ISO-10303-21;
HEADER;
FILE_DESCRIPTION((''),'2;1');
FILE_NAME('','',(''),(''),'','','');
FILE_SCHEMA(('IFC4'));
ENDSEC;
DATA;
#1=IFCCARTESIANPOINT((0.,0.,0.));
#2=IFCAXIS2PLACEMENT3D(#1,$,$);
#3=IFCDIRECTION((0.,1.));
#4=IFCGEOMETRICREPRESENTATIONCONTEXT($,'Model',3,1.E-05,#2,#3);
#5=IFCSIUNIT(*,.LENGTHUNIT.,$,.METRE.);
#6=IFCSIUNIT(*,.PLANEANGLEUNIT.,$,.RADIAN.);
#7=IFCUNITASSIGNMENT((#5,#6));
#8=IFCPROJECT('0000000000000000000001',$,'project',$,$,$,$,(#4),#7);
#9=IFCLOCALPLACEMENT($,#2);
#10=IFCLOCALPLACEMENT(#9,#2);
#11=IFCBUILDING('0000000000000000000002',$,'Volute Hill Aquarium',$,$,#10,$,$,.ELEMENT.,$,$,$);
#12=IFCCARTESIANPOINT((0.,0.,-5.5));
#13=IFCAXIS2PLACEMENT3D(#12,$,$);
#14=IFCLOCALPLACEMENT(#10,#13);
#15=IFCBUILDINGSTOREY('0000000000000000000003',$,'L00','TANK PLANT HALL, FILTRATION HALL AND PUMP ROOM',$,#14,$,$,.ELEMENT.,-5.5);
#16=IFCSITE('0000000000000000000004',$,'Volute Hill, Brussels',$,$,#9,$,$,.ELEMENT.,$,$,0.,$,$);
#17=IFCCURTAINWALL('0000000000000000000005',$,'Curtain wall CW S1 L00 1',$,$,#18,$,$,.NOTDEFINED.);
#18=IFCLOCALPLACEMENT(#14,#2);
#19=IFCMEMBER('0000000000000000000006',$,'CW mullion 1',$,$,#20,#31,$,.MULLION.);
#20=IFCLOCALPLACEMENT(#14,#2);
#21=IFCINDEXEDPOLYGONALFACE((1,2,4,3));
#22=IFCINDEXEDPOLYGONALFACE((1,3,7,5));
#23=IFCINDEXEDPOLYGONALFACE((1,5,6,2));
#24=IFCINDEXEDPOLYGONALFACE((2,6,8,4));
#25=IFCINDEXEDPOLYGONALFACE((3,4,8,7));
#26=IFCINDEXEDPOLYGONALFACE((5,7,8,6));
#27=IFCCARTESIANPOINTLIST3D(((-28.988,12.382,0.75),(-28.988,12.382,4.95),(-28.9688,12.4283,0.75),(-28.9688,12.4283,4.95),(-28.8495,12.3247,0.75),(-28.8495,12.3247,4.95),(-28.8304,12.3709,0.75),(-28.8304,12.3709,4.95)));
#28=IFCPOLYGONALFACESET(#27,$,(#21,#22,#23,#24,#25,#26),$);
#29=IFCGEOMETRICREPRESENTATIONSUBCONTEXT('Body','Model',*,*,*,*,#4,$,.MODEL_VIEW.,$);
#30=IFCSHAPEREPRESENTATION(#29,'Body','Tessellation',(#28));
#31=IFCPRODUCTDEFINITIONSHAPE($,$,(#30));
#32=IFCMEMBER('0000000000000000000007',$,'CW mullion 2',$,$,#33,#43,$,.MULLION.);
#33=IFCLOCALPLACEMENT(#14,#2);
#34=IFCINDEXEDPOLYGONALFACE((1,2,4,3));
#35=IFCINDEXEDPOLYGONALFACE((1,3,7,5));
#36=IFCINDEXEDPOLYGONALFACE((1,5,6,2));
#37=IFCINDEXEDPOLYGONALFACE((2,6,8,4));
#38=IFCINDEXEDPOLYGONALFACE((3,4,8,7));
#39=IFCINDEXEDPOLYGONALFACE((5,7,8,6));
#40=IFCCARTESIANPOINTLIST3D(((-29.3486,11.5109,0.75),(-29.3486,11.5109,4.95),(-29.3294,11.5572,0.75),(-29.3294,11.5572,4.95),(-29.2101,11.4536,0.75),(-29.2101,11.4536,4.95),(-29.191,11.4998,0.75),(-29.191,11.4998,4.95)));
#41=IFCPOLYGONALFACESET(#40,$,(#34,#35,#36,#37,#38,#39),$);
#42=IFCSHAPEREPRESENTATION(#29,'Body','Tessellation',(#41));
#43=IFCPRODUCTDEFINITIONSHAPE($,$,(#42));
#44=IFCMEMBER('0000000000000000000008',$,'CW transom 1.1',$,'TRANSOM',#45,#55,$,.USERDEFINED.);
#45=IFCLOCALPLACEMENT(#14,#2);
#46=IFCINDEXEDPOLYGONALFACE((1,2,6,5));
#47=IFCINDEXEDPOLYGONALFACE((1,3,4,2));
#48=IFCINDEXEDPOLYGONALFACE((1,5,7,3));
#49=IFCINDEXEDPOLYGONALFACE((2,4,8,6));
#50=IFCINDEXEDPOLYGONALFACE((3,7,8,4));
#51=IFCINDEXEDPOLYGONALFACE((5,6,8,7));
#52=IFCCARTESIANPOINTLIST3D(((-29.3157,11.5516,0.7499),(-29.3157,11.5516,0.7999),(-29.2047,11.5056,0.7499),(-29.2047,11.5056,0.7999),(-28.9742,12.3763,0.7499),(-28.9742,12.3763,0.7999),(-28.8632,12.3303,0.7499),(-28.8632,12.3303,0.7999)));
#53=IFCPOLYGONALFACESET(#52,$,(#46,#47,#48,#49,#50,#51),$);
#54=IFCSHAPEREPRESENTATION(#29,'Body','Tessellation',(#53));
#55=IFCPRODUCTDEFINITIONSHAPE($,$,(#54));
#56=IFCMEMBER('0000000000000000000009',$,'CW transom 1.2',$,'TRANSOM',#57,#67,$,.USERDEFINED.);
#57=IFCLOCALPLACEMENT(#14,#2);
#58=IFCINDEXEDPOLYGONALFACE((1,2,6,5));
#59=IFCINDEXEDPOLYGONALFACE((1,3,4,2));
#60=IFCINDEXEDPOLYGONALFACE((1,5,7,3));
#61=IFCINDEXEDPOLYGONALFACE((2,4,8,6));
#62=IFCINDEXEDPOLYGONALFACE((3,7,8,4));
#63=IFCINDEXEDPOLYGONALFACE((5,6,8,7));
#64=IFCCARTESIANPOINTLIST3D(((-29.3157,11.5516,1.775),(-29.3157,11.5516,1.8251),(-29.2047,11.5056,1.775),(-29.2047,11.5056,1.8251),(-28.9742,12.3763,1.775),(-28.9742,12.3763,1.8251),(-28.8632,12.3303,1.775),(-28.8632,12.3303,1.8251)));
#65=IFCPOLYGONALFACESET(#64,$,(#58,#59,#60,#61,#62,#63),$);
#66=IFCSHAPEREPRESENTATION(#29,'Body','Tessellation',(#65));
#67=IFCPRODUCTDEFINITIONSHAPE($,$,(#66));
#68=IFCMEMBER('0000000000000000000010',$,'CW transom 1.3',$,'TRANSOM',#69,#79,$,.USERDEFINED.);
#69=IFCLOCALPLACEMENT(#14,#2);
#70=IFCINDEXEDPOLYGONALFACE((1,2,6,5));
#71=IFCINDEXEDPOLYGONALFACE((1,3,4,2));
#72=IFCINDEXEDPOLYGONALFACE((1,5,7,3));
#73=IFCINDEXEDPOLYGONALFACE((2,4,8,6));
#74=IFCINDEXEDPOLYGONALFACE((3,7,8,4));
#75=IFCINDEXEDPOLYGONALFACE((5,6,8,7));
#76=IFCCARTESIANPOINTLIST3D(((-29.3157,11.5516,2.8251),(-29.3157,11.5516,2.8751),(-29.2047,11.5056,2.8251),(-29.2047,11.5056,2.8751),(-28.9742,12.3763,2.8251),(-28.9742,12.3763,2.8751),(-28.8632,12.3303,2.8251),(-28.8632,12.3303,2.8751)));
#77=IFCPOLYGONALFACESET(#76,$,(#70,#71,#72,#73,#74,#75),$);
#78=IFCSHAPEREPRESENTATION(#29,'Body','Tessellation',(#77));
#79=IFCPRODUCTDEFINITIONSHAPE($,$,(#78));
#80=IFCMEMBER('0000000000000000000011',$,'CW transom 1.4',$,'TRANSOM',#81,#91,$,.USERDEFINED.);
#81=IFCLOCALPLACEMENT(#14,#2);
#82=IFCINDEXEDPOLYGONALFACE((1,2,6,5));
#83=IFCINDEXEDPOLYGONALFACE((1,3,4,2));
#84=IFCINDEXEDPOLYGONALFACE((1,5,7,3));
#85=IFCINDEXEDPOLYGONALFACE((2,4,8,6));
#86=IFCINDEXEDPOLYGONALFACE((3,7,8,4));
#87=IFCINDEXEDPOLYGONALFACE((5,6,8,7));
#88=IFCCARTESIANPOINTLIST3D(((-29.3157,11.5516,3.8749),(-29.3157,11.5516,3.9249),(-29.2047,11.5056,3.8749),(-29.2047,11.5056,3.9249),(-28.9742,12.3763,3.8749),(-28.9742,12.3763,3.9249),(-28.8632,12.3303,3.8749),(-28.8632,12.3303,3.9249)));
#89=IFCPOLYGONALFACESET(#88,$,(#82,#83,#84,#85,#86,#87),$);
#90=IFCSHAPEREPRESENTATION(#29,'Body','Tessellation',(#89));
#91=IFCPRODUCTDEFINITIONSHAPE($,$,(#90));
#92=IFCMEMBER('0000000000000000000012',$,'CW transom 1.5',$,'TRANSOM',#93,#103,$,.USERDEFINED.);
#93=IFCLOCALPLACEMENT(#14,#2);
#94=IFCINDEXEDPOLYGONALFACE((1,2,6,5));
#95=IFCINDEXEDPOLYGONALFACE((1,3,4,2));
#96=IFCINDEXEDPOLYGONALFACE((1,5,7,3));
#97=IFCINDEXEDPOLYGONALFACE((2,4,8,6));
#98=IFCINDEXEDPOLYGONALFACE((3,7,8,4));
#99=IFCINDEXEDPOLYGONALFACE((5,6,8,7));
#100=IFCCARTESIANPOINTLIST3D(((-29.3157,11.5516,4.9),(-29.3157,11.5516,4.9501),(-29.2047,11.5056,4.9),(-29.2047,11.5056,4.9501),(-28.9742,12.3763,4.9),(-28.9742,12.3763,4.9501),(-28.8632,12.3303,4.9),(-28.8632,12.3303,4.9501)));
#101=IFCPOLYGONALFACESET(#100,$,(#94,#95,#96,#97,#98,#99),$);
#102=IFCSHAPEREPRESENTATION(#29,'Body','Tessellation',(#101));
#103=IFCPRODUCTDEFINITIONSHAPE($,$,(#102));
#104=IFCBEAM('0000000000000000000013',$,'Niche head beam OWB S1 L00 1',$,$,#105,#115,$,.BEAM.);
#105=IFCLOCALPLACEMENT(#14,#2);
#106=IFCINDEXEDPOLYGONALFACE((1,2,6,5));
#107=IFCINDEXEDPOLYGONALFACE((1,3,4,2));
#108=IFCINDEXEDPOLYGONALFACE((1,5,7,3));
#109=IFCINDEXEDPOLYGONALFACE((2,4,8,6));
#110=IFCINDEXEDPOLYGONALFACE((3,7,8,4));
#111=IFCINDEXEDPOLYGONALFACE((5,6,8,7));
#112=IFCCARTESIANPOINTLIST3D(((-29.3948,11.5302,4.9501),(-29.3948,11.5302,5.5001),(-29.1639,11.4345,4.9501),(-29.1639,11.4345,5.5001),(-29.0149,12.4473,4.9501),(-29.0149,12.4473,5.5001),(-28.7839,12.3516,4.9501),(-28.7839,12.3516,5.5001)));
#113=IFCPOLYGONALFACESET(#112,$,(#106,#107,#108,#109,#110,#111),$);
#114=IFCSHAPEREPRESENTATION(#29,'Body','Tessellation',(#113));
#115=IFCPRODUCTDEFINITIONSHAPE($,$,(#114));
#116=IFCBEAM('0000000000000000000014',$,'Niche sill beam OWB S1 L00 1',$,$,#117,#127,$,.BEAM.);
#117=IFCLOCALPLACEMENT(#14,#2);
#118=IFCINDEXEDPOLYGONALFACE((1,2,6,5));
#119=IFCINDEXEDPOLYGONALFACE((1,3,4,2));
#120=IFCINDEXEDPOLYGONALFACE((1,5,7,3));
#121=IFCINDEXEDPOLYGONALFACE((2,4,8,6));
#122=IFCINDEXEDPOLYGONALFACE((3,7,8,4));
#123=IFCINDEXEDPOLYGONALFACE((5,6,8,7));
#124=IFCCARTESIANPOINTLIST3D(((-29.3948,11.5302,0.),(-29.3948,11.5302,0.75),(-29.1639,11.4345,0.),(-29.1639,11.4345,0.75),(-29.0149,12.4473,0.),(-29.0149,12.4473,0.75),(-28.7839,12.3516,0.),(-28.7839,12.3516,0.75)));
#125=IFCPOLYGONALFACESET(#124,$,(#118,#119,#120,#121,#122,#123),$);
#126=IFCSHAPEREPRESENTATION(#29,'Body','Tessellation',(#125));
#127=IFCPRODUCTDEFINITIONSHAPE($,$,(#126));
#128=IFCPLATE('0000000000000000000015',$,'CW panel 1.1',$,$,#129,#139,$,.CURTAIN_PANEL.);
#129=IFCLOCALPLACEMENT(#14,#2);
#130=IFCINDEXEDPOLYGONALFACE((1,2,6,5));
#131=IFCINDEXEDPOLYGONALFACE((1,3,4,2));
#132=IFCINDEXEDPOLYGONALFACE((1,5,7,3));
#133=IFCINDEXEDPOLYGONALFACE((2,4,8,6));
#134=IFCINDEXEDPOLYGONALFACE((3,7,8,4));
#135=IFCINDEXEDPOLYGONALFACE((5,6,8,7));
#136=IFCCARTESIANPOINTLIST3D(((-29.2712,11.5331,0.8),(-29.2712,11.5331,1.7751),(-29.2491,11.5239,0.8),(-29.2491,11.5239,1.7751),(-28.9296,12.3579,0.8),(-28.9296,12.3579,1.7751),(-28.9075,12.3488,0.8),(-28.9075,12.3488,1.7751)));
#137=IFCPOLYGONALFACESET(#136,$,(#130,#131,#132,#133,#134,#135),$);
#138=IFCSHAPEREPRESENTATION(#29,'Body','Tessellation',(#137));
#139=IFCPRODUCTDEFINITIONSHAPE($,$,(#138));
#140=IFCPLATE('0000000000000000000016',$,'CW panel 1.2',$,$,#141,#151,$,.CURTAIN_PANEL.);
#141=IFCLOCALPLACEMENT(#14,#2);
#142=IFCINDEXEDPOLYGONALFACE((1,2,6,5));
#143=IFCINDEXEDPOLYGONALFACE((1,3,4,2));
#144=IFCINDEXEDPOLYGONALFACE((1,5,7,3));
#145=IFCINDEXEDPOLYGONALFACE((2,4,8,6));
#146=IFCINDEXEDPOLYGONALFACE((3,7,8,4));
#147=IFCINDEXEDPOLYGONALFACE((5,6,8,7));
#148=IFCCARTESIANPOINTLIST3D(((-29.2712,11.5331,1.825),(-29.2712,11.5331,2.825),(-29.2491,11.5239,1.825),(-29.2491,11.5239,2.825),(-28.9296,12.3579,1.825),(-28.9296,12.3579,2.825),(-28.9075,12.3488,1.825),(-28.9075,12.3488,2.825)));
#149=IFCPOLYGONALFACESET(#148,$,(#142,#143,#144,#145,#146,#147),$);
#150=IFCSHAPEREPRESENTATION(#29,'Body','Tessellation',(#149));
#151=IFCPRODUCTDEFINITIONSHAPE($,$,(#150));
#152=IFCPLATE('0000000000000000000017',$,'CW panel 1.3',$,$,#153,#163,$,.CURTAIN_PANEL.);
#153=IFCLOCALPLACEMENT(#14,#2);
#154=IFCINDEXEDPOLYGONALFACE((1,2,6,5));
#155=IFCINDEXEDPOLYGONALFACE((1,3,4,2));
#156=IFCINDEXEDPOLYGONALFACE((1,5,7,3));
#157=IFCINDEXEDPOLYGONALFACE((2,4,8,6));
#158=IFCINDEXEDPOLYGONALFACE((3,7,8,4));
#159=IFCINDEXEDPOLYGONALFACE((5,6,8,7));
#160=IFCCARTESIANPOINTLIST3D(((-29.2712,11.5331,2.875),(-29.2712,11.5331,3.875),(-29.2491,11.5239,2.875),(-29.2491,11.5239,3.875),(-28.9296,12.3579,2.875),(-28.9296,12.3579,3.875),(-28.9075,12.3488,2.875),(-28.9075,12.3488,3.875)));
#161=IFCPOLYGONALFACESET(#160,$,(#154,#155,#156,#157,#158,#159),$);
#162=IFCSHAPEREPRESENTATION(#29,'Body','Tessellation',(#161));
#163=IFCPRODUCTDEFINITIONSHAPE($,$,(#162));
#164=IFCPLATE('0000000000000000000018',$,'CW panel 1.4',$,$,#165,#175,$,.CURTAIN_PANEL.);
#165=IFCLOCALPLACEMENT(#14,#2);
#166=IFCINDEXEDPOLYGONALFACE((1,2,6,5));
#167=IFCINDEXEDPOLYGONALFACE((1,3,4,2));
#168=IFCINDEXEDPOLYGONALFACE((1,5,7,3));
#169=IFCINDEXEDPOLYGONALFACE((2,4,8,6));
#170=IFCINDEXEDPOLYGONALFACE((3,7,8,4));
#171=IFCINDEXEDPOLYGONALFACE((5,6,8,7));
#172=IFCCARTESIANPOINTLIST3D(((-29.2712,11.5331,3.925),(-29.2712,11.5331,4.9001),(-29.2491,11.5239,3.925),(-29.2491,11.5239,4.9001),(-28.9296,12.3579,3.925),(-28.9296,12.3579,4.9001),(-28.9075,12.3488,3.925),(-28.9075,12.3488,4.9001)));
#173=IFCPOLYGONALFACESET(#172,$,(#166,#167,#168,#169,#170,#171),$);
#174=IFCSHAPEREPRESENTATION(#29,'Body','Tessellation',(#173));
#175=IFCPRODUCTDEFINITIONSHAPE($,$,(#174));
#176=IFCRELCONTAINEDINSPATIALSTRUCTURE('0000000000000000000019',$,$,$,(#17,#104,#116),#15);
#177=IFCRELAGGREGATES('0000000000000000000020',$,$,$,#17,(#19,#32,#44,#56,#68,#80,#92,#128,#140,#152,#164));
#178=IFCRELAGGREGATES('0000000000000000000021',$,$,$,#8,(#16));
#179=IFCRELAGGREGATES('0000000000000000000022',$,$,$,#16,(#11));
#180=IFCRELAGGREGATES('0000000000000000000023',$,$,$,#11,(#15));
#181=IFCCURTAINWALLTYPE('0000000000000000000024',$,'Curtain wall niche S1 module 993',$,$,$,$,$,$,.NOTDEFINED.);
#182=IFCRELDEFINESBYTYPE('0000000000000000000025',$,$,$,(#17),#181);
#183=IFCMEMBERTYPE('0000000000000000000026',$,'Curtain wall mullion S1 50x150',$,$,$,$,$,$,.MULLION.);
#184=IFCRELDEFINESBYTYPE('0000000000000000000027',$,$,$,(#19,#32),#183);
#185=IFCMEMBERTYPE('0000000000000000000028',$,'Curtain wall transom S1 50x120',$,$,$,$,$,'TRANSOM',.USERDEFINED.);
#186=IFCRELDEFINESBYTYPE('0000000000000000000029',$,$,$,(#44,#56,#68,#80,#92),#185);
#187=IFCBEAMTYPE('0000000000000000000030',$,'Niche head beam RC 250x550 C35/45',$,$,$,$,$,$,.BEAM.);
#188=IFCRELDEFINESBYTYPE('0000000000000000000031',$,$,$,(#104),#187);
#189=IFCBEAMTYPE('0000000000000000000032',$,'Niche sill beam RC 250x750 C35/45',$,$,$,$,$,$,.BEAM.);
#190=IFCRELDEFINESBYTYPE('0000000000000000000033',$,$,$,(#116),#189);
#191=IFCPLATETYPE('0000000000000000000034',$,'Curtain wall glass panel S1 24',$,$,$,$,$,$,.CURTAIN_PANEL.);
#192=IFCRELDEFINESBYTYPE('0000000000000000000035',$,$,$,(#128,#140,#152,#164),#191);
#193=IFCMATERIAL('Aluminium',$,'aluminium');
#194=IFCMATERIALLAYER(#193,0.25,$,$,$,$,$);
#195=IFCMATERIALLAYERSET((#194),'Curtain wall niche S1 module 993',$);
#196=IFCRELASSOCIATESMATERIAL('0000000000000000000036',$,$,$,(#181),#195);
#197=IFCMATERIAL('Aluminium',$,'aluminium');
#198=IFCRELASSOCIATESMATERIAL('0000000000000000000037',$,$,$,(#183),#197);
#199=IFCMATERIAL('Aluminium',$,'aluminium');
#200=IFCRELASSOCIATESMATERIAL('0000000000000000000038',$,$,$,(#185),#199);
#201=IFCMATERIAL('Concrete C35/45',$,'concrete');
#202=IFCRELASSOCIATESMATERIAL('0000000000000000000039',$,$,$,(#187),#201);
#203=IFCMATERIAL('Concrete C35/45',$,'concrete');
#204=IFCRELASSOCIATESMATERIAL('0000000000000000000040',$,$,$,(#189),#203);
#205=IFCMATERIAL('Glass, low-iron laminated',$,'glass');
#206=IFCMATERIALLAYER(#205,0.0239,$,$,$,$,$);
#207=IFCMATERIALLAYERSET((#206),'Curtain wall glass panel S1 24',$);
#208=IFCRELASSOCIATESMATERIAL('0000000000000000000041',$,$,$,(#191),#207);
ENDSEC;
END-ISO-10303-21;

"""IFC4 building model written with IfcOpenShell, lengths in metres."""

from ifc_helpers import new_model, si_unit, direction, frame, origin, origin_2d, place, context, subcontext, project, spatial, rectangle, extrude, material, layer, layer_set, material_profile, profile_set, type_object, element, aggregate, save


model = new_model("IFC4")

# Units and contexts
model_context = context("Model", 3, precision=1e-05, world=origin(), true_north=direction((0.0, 1.0)))
body_context = subcontext(model_context, "Body", "Model", "MODEL_VIEW")
ifc_project = project(units=[si_unit("LENGTHUNIT", "METRE"), si_unit("PLANEANGLEUNIT", "RADIAN")], contexts=[model_context])

# Site, building, storey
site_placement = place(None, origin())
site = spatial("IfcSite", under=ifc_project, at=site_placement, Name="Volute Hill, Brussels", CompositionType="ELEMENT", RefElevation=0.0)
building_placement = place(site_placement, origin())
building = spatial("IfcBuilding", under=site, at=building_placement, Name="Volute Hill Aquarium", CompositionType="ELEMENT")
storey_placement = place(building_placement, frame((0.0, 0.0, -5.5)))
storey = spatial("IfcBuildingStorey", under=building, at=storey_placement, Name="L00", Description="TANK PLANT HALL, FILTRATION HALL AND PUMP ROOM", CompositionType="ELEMENT", Elevation=-5.5)

# Curtain wall, members
ifc_material_1 = material(Name="Aluminium", Category="aluminium")
ifc_layer_1 = layer(ifc_material_1, 0.25)
ifc_layer_set_1 = layer_set([ifc_layer_1], Name="Curtain wall niche S1 module 993")
curtain_wall_type = type_object("IfcCurtainWallType", Name="Curtain wall niche S1 module 993", PredefinedType="NOTDEFINED", material=ifc_layer_set_1)
curtain_wall_placement = place(storey_placement, origin())
curtain_wall = element("IfcCurtainWall", 1, at=curtain_wall_placement, inside=storey, type_object=curtain_wall_type, Name="Curtain wall CW S1 L00 1", PredefinedType="NOTDEFINED")
ifc_material_2 = material(Name="Aluminium", Category="aluminium")
ifc_material_profile_1 = material_profile(ifc_material_2, rectangle(XDim=0.1499, YDim=0.05, at=origin_2d()), Name="Curtain wall mullion S1 50x150")
ifc_profile_set_1 = profile_set([ifc_material_profile_1], Name="Aluminium")
member_type_1 = type_object("IfcMemberType", Name="Curtain wall mullion S1 50x150", PredefinedType="MULLION", material=ifc_profile_set_1)
member_1_placement = place(storey_placement, frame((-28.9092, 12.3765, 0.75), z_axis=(0.0, 0.0, 1.0), x_axis=(0.923885, -0.38267, 0.0)))
member_1 = element("IfcMember", 2, at=member_1_placement, type_object=member_type_1, Name="CW mullion 1", PredefinedType="MULLION", context=body_context, shape_type="SweptSolid", body=[
    extrude(rectangle(XDim=0.1499, YDim=0.05, at=origin_2d()), origin(), (0.0, 0.0, 1.0), 4.2),
])
member_2_placement = place(storey_placement, frame((-29.2698, 11.5054, 0.75), z_axis=(0.0, 0.0, 1.0), x_axis=(0.923885, -0.38267, 0.0)))
member_2 = element("IfcMember", 3, at=member_2_placement, type_object=member_type_1, Name="CW mullion 2", PredefinedType="MULLION", context=body_context, shape_type="SweptSolid", body=[
    extrude(rectangle(XDim=0.1499, YDim=0.05, at=origin_2d()), origin(), (0.0, 0.0, 1.0), 4.2),
])
ifc_material_3 = material(Name="Aluminium", Category="aluminium")
ifc_material_profile_2 = material_profile(ifc_material_3, rectangle(XDim=0.1201, YDim=0.05, at=origin_2d()), Name="Curtain wall transom S1 50x120")
ifc_profile_set_2 = profile_set([ifc_material_profile_2], Name="Aluminium")
member_type_2 = type_object("IfcMemberType", Name="Curtain wall transom S1 50x120", ElementType="TRANSOM", PredefinedType="USERDEFINED", material=ifc_profile_set_2)
member_3_placement = place(storey_placement, frame((-28.9187, 12.3533, 0.7749), z_axis=(-0.382634, -0.9239, 0.0), x_axis=(0.9239, -0.382634, 0.0)))
member_3 = element("IfcMember", 4, at=member_3_placement, type_object=member_type_2, Name="CW transom 1.1", ObjectType="TRANSOM", PredefinedType="USERDEFINED", context=body_context, shape_type="SweptSolid", body=[
    extrude(rectangle(XDim=0.1201, YDim=0.05, at=origin_2d()), origin(), (0.0, 0.0, 1.0), 0.8926),
])
member_4_placement = place(storey_placement, frame((-28.9187, 12.3533, 1.8), z_axis=(-0.382634, -0.9239, 0.0), x_axis=(0.9239, -0.382634, 0.0)))
member_4 = element("IfcMember", 5, at=member_4_placement, type_object=member_type_2, Name="CW transom 1.2", ObjectType="TRANSOM", PredefinedType="USERDEFINED", context=body_context, shape_type="SweptSolid", body=[
    extrude(rectangle(XDim=0.1201, YDim=0.05, at=origin_2d()), origin(), (0.0, 0.0, 1.0), 0.8926),
])
member_5_placement = place(storey_placement, frame((-28.9187, 12.3533, 2.8501), z_axis=(-0.382634, -0.9239, 0.0), x_axis=(0.9239, -0.382634, 0.0)))
member_5 = element("IfcMember", 6, at=member_5_placement, type_object=member_type_2, Name="CW transom 1.3", ObjectType="TRANSOM", PredefinedType="USERDEFINED", context=body_context, shape_type="SweptSolid", body=[
    extrude(rectangle(XDim=0.1201, YDim=0.05, at=origin_2d()), origin(), (0.0, 0.0, 1.0), 0.8926),
])
member_6_placement = place(storey_placement, frame((-28.9187, 12.3533, 3.8999), z_axis=(-0.382634, -0.9239, 0.0), x_axis=(0.9239, -0.382634, 0.0)))
member_6 = element("IfcMember", 7, at=member_6_placement, type_object=member_type_2, Name="CW transom 1.4", ObjectType="TRANSOM", PredefinedType="USERDEFINED", context=body_context, shape_type="SweptSolid", body=[
    extrude(rectangle(XDim=0.1201, YDim=0.05, at=origin_2d()), origin(), (0.0, 0.0, 1.0), 0.8926),
])
member_7_placement = place(storey_placement, frame((-28.9187, 12.3533, 4.925), z_axis=(-0.382634, -0.9239, 0.0), x_axis=(0.9239, -0.382634, 0.0)))
member_7 = element("IfcMember", 8, at=member_7_placement, type_object=member_type_2, Name="CW transom 1.5", ObjectType="TRANSOM", PredefinedType="USERDEFINED", context=body_context, shape_type="SweptSolid", body=[
    extrude(rectangle(XDim=0.1201, YDim=0.05, at=origin_2d()), origin(), (0.0, 0.0, 1.0), 0.8926),
])

# Beams
ifc_material_4 = material(Name="Concrete C35/45", Category="concrete")
ifc_material_profile_3 = material_profile(ifc_material_4, rectangle(XDim=0.25, YDim=0.55, at=origin_2d()), Name="RC beam 250x550")
ifc_profile_set_3 = profile_set([ifc_material_profile_3], Name="Concrete C35/45")
beam_type_1 = type_object("IfcBeamType", Name="Niche head beam RC 250x550 C35/45", PredefinedType="BEAM", material=ifc_profile_set_3)
beam_1_placement = place(storey_placement, frame((-28.8994, 12.3994, 5.2251), z_axis=(-0.382728, -0.923861, 0.0), x_axis=(0.923861, -0.382728, 0.0)))
element("IfcBeam", 9, at=beam_1_placement, inside=storey, type_object=beam_type_1, Name="Niche head beam OWB S1 L00 1", PredefinedType="BEAM", context=body_context, shape_type="SweptSolid", body=[
    extrude(rectangle(XDim=0.25, YDim=0.55, at=origin_2d()), origin(), (0.0, 0.0, 1.0), 0.9927),
])
ifc_material_5 = material(Name="Concrete C35/45", Category="concrete")
ifc_material_profile_4 = material_profile(ifc_material_5, rectangle(XDim=0.25, YDim=0.75, at=origin_2d()), Name="RC beam 250x750")
ifc_profile_set_4 = profile_set([ifc_material_profile_4], Name="Concrete C35/45")
beam_type_2 = type_object("IfcBeamType", Name="Niche sill beam RC 250x750 C35/45", PredefinedType="BEAM", material=ifc_profile_set_4)
beam_2_placement = place(storey_placement, frame((-28.8994, 12.3994, 0.375), z_axis=(-0.382728, -0.923861, 0.0), x_axis=(0.923861, -0.382728, 0.0)))
element("IfcBeam", 10, at=beam_2_placement, inside=storey, type_object=beam_type_2, Name="Niche sill beam OWB S1 L00 1", PredefinedType="BEAM", context=body_context, shape_type="SweptSolid", body=[
    extrude(rectangle(XDim=0.25, YDim=0.75, at=origin_2d()), origin(), (0.0, 0.0, 1.0), 0.9927),
])

# Plates
ifc_material_6 = material(Name="Glass, low-iron laminated", Category="glass")
ifc_layer_2 = layer(ifc_material_6, 0.0239)
ifc_layer_set_2 = layer_set([ifc_layer_2], Name="Curtain wall glass panel S1 24")
plate_type = type_object("IfcPlateType", Name="Curtain wall glass panel S1 24", PredefinedType="CURTAIN_PANEL", material=ifc_layer_set_2)
plate_1_placement = place(storey_placement, frame((-29.0894, 11.9409, 0.8), z_axis=(0.0, 0.0, 1.0), x_axis=(-0.38267, -0.923885, 0.0)))
plate_1 = element("IfcPlate", 11, at=plate_1_placement, type_object=plate_type, Name="CW panel 1.1", PredefinedType="CURTAIN_PANEL", context=body_context, shape_type="SweptSolid", body=[
    extrude(rectangle(XDim=0.8928, YDim=0.0239, at=origin_2d()), origin(), (0.0, 0.0, 1.0), 0.9751),
])
plate_2_placement = place(storey_placement, frame((-29.0894, 11.9409, 1.825), z_axis=(0.0, 0.0, 1.0), x_axis=(-0.38267, -0.923885, 0.0)))
plate_2 = element("IfcPlate", 12, at=plate_2_placement, type_object=plate_type, Name="CW panel 1.2", PredefinedType="CURTAIN_PANEL", context=body_context, shape_type="SweptSolid", body=[
    extrude(rectangle(XDim=0.8928, YDim=0.0239, at=origin_2d()), origin(), (0.0, 0.0, 1.0), 1.0),
])
plate_3_placement = place(storey_placement, frame((-29.0894, 11.9409, 2.875), z_axis=(0.0, 0.0, 1.0), x_axis=(-0.38267, -0.923885, 0.0)))
plate_3 = element("IfcPlate", 13, at=plate_3_placement, type_object=plate_type, Name="CW panel 1.3", PredefinedType="CURTAIN_PANEL", context=body_context, shape_type="SweptSolid", body=[
    extrude(rectangle(XDim=0.8928, YDim=0.0239, at=origin_2d()), origin(), (0.0, 0.0, 1.0), 1.0),
])
plate_4_placement = place(storey_placement, frame((-29.0894, 11.9409, 3.925), z_axis=(0.0, 0.0, 1.0), x_axis=(-0.38267, -0.923885, 0.0)))
plate_4 = element("IfcPlate", 14, at=plate_4_placement, type_object=plate_type, Name="CW panel 1.4", PredefinedType="CURTAIN_PANEL", context=body_context, shape_type="SweptSolid", body=[
    extrude(rectangle(XDim=0.8928, YDim=0.0239, at=origin_2d()), origin(), (0.0, 0.0, 1.0), 0.9751),
])
aggregate(curtain_wall, [member_1, member_2, member_3, member_4, member_5, member_6, member_7, plate_1, plate_2, plate_3, plate_4])

save(model, "model.ifc")
